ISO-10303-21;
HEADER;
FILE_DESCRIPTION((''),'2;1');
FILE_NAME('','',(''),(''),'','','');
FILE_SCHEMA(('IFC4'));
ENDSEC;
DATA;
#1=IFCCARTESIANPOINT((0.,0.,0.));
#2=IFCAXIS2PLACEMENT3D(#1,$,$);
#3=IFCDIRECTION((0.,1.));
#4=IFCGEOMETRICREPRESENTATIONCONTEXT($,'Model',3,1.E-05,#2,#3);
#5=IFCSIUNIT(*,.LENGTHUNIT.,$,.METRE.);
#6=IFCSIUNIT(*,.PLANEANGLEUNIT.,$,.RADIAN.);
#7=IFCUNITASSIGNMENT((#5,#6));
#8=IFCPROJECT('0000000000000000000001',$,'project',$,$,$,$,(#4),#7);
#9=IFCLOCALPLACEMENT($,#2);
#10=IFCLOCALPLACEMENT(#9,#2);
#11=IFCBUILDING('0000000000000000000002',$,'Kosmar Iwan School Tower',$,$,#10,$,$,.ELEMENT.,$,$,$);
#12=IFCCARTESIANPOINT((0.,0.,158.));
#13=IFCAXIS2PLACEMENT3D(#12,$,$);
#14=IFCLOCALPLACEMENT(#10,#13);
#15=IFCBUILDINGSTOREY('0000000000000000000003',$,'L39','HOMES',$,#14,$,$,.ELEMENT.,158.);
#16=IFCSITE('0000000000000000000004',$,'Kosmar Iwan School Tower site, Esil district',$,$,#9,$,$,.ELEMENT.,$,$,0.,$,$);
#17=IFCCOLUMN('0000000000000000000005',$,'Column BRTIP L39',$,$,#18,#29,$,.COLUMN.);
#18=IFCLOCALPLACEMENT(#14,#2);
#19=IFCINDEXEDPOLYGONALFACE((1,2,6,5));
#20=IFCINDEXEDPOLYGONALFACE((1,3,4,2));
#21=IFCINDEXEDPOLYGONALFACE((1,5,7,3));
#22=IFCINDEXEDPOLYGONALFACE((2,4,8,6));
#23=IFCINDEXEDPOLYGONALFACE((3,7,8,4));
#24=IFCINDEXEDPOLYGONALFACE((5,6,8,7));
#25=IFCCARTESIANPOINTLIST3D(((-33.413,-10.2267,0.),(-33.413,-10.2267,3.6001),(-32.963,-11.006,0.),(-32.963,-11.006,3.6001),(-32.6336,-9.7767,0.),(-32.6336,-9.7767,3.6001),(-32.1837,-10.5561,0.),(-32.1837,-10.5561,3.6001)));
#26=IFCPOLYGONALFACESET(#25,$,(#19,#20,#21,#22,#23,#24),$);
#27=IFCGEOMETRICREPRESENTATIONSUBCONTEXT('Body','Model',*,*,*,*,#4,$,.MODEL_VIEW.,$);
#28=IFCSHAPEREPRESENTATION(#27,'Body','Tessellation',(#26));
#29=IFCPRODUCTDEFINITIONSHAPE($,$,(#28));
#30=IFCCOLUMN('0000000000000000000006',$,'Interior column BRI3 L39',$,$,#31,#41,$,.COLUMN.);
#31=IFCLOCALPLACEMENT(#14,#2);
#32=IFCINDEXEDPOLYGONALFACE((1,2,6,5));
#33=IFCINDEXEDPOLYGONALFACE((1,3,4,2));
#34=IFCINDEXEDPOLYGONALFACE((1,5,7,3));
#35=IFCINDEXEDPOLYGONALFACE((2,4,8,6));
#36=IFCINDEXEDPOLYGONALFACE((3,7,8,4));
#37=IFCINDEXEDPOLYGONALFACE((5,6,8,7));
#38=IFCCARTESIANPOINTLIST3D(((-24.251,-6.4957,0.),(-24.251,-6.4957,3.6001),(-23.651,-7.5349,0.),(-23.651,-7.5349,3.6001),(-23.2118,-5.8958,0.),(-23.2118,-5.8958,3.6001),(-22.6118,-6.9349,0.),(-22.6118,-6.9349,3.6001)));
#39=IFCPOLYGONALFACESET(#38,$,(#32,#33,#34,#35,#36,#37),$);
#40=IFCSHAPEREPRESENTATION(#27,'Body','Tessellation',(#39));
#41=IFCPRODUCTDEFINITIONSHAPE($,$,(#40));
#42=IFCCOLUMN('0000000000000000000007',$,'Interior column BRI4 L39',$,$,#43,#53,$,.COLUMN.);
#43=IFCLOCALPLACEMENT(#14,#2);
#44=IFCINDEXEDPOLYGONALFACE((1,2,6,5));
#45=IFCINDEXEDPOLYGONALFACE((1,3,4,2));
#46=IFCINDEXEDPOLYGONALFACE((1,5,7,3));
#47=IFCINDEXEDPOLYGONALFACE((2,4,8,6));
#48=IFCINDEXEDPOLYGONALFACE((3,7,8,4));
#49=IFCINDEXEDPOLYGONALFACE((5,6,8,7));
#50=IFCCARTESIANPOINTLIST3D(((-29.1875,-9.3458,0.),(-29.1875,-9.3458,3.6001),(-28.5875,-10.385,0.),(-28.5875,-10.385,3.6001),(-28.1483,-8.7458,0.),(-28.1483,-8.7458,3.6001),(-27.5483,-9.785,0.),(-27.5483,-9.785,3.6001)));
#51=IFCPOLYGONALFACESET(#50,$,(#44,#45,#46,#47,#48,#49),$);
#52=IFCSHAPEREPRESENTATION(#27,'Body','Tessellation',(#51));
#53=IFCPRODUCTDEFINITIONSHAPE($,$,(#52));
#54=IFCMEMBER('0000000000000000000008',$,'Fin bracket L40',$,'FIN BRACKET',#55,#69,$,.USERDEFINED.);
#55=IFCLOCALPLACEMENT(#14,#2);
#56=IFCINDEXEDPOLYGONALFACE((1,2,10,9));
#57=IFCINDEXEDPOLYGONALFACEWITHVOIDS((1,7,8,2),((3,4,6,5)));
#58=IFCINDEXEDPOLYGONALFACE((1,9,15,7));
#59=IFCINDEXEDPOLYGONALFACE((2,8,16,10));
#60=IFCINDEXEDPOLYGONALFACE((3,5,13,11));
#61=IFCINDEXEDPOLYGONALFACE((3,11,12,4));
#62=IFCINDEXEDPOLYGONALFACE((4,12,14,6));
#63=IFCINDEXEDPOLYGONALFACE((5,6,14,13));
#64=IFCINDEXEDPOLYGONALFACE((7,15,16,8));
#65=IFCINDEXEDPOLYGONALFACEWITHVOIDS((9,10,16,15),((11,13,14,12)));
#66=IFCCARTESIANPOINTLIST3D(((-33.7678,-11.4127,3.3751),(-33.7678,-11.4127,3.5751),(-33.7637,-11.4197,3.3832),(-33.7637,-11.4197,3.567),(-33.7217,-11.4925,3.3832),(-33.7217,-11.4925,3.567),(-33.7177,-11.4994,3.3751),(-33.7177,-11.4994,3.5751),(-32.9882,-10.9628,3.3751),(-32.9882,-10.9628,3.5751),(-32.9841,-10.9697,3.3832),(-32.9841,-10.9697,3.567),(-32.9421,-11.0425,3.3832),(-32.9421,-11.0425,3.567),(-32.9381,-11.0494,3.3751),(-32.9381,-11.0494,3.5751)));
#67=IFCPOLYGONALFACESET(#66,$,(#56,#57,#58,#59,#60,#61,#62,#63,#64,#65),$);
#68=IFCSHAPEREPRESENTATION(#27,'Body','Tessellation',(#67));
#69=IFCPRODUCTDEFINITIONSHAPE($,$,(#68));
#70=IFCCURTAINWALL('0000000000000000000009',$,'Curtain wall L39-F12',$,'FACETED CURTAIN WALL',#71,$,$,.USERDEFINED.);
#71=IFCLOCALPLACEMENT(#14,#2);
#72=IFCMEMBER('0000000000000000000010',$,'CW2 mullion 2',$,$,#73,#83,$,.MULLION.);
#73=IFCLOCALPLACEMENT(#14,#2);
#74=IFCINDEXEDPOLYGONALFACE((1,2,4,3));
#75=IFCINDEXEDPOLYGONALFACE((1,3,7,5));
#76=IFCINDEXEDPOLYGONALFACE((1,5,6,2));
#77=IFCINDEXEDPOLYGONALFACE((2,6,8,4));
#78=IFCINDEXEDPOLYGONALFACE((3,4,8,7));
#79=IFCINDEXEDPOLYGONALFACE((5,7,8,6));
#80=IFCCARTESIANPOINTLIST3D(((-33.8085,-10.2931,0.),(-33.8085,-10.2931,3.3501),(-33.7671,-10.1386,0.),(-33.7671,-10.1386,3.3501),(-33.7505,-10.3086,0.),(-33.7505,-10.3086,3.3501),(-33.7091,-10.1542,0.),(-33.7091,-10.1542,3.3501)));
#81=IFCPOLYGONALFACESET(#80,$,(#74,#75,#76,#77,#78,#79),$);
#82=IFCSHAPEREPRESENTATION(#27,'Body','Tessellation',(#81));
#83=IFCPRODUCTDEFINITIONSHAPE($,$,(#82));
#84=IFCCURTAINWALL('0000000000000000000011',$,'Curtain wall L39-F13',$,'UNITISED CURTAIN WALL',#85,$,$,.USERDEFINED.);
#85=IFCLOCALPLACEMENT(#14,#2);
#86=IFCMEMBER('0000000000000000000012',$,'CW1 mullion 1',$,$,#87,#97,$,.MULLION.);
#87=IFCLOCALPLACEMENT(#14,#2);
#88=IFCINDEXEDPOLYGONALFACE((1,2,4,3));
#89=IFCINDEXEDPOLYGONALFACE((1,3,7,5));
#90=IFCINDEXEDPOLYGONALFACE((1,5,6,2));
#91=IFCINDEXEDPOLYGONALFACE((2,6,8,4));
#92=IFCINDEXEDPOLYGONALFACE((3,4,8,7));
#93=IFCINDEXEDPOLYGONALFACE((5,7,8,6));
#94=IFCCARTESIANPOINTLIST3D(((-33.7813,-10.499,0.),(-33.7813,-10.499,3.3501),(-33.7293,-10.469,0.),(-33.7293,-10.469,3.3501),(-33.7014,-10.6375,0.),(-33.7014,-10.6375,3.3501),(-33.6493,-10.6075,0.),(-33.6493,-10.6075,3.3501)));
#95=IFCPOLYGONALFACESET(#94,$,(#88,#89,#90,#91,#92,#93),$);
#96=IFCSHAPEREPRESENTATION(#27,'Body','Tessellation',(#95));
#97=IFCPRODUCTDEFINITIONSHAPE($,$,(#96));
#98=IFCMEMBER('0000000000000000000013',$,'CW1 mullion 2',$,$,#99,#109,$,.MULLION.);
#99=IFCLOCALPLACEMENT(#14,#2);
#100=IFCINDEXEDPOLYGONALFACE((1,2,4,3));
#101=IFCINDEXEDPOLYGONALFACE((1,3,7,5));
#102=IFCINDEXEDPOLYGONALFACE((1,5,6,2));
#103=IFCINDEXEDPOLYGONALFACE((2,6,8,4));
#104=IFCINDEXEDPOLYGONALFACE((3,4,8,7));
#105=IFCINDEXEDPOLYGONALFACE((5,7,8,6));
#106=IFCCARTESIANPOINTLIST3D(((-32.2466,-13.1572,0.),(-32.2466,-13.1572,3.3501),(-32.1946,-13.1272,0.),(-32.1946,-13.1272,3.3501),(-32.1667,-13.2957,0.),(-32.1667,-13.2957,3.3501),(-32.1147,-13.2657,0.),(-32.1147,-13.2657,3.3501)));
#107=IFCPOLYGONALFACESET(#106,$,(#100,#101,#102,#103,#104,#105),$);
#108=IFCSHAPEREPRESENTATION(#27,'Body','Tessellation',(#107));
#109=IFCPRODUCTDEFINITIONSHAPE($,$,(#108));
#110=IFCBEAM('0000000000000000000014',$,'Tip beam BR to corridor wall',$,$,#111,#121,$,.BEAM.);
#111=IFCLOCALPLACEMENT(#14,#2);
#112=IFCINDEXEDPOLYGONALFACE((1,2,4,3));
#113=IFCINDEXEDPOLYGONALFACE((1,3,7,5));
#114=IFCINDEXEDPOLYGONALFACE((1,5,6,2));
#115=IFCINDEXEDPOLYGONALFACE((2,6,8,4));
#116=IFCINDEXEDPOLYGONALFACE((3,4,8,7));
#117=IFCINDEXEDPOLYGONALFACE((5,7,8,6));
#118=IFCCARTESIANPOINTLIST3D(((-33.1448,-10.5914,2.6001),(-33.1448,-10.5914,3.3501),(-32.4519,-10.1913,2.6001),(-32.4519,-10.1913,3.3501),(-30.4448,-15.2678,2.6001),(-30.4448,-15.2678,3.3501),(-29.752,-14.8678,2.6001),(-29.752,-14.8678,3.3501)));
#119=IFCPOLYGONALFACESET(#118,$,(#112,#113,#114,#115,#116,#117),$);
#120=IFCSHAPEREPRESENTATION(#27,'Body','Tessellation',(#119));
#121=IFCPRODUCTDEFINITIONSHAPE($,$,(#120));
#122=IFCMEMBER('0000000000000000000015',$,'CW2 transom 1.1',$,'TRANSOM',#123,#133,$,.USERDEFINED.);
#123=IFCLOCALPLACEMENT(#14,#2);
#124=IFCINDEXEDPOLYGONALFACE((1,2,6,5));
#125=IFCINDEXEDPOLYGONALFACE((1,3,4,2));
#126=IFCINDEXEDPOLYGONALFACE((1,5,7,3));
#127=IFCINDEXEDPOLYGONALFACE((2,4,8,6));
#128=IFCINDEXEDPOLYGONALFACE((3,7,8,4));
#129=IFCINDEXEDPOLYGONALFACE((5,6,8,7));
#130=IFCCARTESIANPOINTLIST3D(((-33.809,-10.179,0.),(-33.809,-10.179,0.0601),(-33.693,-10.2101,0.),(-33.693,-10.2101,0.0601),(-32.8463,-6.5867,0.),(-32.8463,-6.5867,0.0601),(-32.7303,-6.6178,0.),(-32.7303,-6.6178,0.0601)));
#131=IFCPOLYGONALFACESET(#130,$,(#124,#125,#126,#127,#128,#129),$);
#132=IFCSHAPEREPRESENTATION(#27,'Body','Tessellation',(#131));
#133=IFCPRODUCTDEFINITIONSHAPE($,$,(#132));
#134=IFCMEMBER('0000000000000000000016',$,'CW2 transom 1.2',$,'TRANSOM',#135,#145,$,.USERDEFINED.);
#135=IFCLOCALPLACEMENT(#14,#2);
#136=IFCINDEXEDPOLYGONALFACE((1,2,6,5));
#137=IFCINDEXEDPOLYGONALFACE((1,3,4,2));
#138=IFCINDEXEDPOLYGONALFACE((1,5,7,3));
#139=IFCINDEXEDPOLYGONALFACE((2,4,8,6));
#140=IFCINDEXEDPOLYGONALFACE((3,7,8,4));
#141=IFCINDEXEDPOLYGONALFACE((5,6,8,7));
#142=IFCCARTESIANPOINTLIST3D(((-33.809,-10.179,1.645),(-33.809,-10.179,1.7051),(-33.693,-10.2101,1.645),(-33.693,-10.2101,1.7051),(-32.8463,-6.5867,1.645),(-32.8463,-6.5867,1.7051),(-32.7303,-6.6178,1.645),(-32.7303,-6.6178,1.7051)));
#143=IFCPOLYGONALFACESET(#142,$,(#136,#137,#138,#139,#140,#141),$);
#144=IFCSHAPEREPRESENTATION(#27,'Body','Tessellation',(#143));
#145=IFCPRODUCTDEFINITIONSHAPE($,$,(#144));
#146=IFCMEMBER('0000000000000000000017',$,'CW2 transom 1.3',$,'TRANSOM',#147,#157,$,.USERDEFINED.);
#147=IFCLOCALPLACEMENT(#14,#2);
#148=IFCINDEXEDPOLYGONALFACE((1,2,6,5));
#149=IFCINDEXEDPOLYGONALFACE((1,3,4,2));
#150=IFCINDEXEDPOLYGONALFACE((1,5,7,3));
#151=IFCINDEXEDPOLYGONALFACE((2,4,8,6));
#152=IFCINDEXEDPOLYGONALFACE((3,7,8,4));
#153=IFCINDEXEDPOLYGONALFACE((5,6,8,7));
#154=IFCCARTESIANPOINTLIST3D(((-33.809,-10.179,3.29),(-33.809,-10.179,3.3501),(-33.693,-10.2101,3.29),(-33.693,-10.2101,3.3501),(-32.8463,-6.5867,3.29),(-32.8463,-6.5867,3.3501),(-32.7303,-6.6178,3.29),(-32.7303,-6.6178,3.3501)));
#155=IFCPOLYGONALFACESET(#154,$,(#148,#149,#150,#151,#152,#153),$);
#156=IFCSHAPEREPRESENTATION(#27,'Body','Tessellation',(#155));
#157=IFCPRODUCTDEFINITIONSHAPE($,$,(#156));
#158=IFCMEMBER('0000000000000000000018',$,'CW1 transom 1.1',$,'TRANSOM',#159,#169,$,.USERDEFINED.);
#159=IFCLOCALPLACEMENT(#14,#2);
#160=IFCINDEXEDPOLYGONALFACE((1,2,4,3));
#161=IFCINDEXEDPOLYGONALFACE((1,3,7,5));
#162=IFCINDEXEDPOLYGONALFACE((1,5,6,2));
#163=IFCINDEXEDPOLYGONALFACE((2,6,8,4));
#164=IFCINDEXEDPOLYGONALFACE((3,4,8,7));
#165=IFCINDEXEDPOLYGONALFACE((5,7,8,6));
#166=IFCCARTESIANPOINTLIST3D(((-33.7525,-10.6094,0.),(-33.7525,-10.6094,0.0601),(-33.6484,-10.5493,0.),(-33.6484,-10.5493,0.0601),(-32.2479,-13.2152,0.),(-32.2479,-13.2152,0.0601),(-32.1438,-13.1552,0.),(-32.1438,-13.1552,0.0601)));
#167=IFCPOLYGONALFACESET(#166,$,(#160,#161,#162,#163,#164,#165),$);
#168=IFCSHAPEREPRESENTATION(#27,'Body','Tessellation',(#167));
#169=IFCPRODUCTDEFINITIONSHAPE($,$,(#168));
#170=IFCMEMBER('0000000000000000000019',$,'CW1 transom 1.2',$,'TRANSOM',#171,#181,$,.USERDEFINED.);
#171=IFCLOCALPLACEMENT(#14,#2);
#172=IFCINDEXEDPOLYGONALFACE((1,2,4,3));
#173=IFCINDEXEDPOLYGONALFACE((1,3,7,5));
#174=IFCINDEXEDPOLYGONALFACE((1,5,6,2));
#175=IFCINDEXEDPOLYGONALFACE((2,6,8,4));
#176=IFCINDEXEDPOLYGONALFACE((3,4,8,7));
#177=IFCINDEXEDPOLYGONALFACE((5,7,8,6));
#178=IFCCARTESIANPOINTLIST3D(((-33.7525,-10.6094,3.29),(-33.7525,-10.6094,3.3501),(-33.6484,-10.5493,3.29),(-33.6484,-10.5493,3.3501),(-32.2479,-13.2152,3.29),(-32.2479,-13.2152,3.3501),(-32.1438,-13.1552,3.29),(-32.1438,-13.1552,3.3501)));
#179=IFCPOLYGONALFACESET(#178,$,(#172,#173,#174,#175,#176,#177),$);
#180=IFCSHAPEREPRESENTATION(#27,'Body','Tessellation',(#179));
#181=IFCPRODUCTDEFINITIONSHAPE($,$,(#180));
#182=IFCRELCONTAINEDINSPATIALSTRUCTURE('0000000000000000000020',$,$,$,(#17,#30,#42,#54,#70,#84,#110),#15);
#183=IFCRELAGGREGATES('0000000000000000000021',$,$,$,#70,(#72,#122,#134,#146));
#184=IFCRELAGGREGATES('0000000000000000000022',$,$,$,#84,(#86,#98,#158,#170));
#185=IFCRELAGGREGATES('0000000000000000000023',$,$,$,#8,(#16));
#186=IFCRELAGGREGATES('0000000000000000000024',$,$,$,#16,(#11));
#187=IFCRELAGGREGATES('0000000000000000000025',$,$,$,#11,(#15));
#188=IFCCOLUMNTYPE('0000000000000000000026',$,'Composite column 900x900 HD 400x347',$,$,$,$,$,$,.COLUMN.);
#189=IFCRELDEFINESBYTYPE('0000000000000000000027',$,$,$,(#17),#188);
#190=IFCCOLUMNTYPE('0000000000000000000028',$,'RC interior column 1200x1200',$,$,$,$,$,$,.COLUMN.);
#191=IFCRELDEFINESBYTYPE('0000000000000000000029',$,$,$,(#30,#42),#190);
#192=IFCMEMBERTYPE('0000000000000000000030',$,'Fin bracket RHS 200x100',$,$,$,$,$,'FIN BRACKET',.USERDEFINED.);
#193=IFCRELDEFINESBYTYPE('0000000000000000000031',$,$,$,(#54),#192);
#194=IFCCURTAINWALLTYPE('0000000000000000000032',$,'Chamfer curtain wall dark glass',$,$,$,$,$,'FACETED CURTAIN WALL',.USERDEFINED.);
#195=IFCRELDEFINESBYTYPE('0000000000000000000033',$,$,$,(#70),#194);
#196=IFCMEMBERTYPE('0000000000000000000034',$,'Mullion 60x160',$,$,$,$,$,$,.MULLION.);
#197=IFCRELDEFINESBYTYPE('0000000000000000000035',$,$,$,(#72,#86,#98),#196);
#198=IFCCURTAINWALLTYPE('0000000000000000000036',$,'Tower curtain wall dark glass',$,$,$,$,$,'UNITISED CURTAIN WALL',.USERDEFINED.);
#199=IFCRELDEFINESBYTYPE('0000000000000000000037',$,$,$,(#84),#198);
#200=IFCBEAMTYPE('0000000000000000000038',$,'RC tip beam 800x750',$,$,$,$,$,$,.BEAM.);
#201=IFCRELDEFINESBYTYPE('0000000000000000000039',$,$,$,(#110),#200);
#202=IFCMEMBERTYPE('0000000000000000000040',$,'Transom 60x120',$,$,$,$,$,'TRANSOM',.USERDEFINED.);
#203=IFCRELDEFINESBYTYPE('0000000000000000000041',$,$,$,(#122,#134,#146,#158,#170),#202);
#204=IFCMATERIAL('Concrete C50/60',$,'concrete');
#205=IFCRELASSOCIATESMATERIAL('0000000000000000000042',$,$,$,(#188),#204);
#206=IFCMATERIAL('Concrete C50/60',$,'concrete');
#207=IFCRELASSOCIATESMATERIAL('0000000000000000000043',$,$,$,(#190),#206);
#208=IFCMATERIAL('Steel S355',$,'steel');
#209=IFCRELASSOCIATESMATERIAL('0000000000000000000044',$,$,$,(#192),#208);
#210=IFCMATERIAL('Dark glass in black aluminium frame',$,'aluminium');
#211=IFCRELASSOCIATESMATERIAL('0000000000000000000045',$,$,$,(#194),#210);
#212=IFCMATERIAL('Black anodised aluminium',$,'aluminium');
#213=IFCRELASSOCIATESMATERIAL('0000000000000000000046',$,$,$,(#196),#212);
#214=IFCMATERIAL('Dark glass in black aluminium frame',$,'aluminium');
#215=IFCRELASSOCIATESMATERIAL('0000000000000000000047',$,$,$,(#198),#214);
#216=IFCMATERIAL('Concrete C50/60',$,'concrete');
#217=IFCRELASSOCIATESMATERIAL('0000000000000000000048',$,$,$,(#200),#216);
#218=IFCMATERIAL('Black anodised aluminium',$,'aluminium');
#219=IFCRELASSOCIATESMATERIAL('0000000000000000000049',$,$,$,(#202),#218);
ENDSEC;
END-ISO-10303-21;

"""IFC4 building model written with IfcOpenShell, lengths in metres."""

from ifc_helpers import new_model, si_unit, direction, frame, origin, origin_2d, place, context, subcontext, project, spatial, rectangle, hollow_rectangle, extrude, material, material_profile, profile_set, type_object, element, aggregate, save


model = new_model("IFC4")

# Units and contexts
model_context = context("Model", 3, precision=1e-05, world=origin(), true_north=direction((0.0, 1.0)))
body_context = subcontext(model_context, "Body", "Model", "MODEL_VIEW")
ifc_project = project(units=[si_unit("LENGTHUNIT", "METRE"), si_unit("PLANEANGLEUNIT", "RADIAN")], contexts=[model_context])

# Site, building, storey
site_placement = place(None, origin())
site = spatial("IfcSite", under=ifc_project, at=site_placement, Name="Kosmar Iwan School Tower site, Esil district", CompositionType="ELEMENT", RefElevation=0.0)
building_placement = place(site_placement, origin())
building = spatial("IfcBuilding", under=site, at=building_placement, Name="Kosmar Iwan School Tower", CompositionType="ELEMENT")
storey_placement = place(building_placement, frame((0.0, 0.0, 158.0)))
storey = spatial("IfcBuildingStorey", under=building, at=storey_placement, Name="L39", Description="HOMES", CompositionType="ELEMENT", Elevation=158.0)

# Columns
ifc_material_1 = material(Name="Concrete C50/60", Category="concrete")
ifc_material_profile_1 = material_profile(ifc_material_1, rectangle(XDim=0.8999, YDim=0.8999, at=origin_2d()), Name="RC 900x900 + HD 400x347")
ifc_profile_set_1 = profile_set([ifc_material_profile_1], Name="Concrete C50/60")
column_type_1 = type_object("IfcColumnType", Name="Composite column 900x900 HD 400x347", PredefinedType="COLUMN", material=ifc_profile_set_1)
column_placement = place(storey_placement, frame((-32.7983, -10.3914, 0.0), z_axis=(0.0, 0.0, 1.0), x_axis=(-0.866025, -0.5, 0.0)))
element("IfcColumn", 1, at=column_placement, inside=storey, type_object=column_type_1, Name="Column BRTIP L39", PredefinedType="COLUMN", context=body_context, shape_type="SweptSolid", body=[
    extrude(rectangle(XDim=0.8999, YDim=0.8999, at=origin_2d()), origin(), (0.0, 0.0, 1.0), 3.6001),
])
ifc_material_2 = material(Name="Concrete C50/60", Category="concrete")
ifc_material_profile_2 = material_profile(ifc_material_2, rectangle(XDim=1.2, YDim=1.2, at=origin_2d()), Name="RC 1200x1200")
ifc_profile_set_2 = profile_set([ifc_material_profile_2], Name="Concrete C50/60")
column_type_2 = type_object("IfcColumnType", Name="RC interior column 1200x1200", PredefinedType="COLUMN", material=ifc_profile_set_2)
for number, where, z_axis, x_axis, name in (
    (2, (-23.4314, -6.7153, 0.0), (0.0, 0.0, 1.0), (-0.866025, -0.5, 0.0), "Interior column BRI3 L39"),
    (3, (-28.3679, -9.5654, 0.0), (0.0, 0.0, 1.0), (-0.866025, -0.5, 0.0), "Interior column BRI4 L39"),
):
    element("IfcColumn", number, at=place(storey_placement, frame(where, z_axis=z_axis, x_axis=x_axis)), inside=storey, type_object=column_type_2, Name=name, PredefinedType="COLUMN", context=body_context, shape_type="SweptSolid", body=[
        extrude(rectangle(XDim=1.2, YDim=1.2, at=origin_2d()), origin(), (0.0, 0.0, 1.0), 3.6001),
    ])

# Member
ifc_material_3 = material(Name="Steel S355", Category="steel")
ifc_material_profile_3 = material_profile(ifc_material_3, hollow_rectangle(XDim=0.1001, YDim=0.2, WallThickness=0.0081, at=origin_2d()), Name="RHS 200x100x8")
ifc_profile_set_3 = profile_set([ifc_material_profile_3], Name="Steel S355")
member_type_1 = type_object("IfcMemberType", Name="Fin bracket RHS 200x100", ElementType="FIN BRACKET", PredefinedType="USERDEFINED", material=ifc_profile_set_3)
member_1_placement = place(storey_placement, frame((-32.9631, -11.0061, 3.4751), z_axis=(-0.866082, -0.499902, 0.0), x_axis=(0.499902, -0.866082, 0.0)))
element("IfcMember", 4, at=member_1_placement, inside=storey, type_object=member_type_1, Name="Fin bracket L40", ObjectType="FIN BRACKET", PredefinedType="USERDEFINED", context=body_context, shape_type="SweptSolid", body=[
    extrude(hollow_rectangle(XDim=0.1001, YDim=0.2, WallThickness=0.0081, at=origin_2d()), origin(), (0.0, 0.0, 1.0), 0.9001),
])

# Curtain wall, member
ifc_material_4 = material(Name="Dark glass in black aluminium frame", Category="aluminium")
curtain_wall_type_1 = type_object("IfcCurtainWallType", Name="Chamfer curtain wall dark glass", ElementType="FACETED CURTAIN WALL", PredefinedType="USERDEFINED", material=ifc_material_4)
curtain_wall_1_placement = place(storey_placement, origin())
curtain_wall_1 = element("IfcCurtainWall", 5, at=curtain_wall_1_placement, inside=storey, type_object=curtain_wall_type_1, Name="Curtain wall L39-F12", ObjectType="FACETED CURTAIN WALL", PredefinedType="USERDEFINED")
ifc_material_5 = material(Name="Black anodised aluminium", Category="aluminium")
ifc_material_profile_4 = material_profile(ifc_material_5, rectangle(XDim=0.0601, YDim=0.1599, at=origin_2d()), Name="MULLION 60x160")
ifc_profile_set_4 = profile_set([ifc_material_profile_4], Name="Black anodised aluminium")
member_type_2 = type_object("IfcMemberType", Name="Mullion 60x160", PredefinedType="MULLION", material=ifc_profile_set_4)
member_2_placement = place(storey_placement, frame((-33.7588, -10.2236, 0.0), z_axis=(0.0, 0.0, 1.0), x_axis=(0.965926, -0.258819, 0.0)))
member_2 = element("IfcMember", 6, at=member_2_placement, type_object=member_type_2, Name="CW2 mullion 2", PredefinedType="MULLION", context=body_context, shape_type="SweptSolid", body=[
    extrude(rectangle(XDim=0.0601, YDim=0.1599, at=origin_2d()), origin(), (0.0, 0.0, 1.0), 3.3501),
])

# Curtain wall, members
ifc_material_6 = material(Name="Dark glass in black aluminium frame", Category="aluminium")
curtain_wall_type_2 = type_object("IfcCurtainWallType", Name="Tower curtain wall dark glass", ElementType="UNITISED CURTAIN WALL", PredefinedType="USERDEFINED", material=ifc_material_6)
curtain_wall_2_placement = place(storey_placement, origin())
curtain_wall_2 = element("IfcCurtainWall", 7, at=curtain_wall_2_placement, inside=storey, type_object=curtain_wall_type_2, Name="Curtain wall L39-F13", ObjectType="UNITISED CURTAIN WALL", PredefinedType="USERDEFINED")
member_3_placement = place(storey_placement, frame((-33.7153, -10.5532, 0.0), z_axis=(0.0, 0.0, 1.0), x_axis=(0.866025, 0.5, 0.0)))
member_3 = element("IfcMember", 8, at=member_3_placement, type_object=member_type_2, Name="CW1 mullion 1", PredefinedType="MULLION", context=body_context, shape_type="SweptSolid", body=[
    extrude(rectangle(XDim=0.0601, YDim=0.1599, at=origin_2d()), origin(), (0.0, 0.0, 1.0), 3.3501),
])
member_4_placement = place(storey_placement, frame((-32.1807, -13.2114, 0.0), z_axis=(0.0, 0.0, 1.0), x_axis=(0.866025, 0.5, 0.0)))
member_4 = element("IfcMember", 9, at=member_4_placement, type_object=member_type_2, Name="CW1 mullion 2", PredefinedType="MULLION", context=body_context, shape_type="SweptSolid", body=[
    extrude(rectangle(XDim=0.0601, YDim=0.1599, at=origin_2d()), origin(), (0.0, 0.0, 1.0), 3.3501),
])

# Beam
ifc_material_7 = material(Name="Concrete C50/60", Category="concrete")
ifc_material_profile_5 = material_profile(ifc_material_7, rectangle(XDim=0.8, YDim=0.75, at=origin_2d()), Name="RC 800x750")
ifc_profile_set_5 = profile_set([ifc_material_profile_5], Name="Concrete C50/60")
beam_type = type_object("IfcBeamType", Name="RC tip beam 800x750", PredefinedType="BEAM", material=ifc_profile_set_5)
beam_placement = place(storey_placement, frame((-32.7983, -10.3914, 2.9751), z_axis=(0.499995, -0.866028, 0.0), x_axis=(0.866028, 0.499995, 0.0)))
element("IfcBeam", 10, at=beam_placement, inside=storey, type_object=beam_type, Name="Tip beam BR to corridor wall", PredefinedType="BEAM", context=body_context, shape_type="SweptSolid", body=[
    extrude(rectangle(XDim=0.8, YDim=0.75, at=origin_2d()), origin(), (0.0, 0.0, 1.0), 5.3999),
])

# Members
ifc_material_8 = material(Name="Black anodised aluminium", Category="aluminium")
ifc_material_profile_6 = material_profile(ifc_material_8, rectangle(XDim=0.1201, YDim=0.0601, at=origin_2d()), Name="TRANSOM 60x120")
ifc_profile_set_6 = profile_set([ifc_material_profile_6], Name="Black anodised aluminium")
member_type_3 = type_object("IfcMemberType", Name="Transom 60x120", ElementType="TRANSOM", PredefinedType="USERDEFINED", material=ifc_profile_set_6)
member_5_placement = place(storey_placement, frame((-32.7883, -6.6023, 0.03), z_axis=(-0.258843, -0.965919, 0.0), x_axis=(0.965919, -0.258843, 0.0)))
member_5 = element("IfcMember", 11, at=member_5_placement, type_object=member_type_3, Name="CW2 transom 1.1", ObjectType="TRANSOM", PredefinedType="USERDEFINED", context=body_context, shape_type="SweptSolid", body=[
    extrude(rectangle(XDim=0.1201, YDim=0.0601, at=origin_2d()), origin(), (0.0, 0.0, 1.0), 3.719),
])
member_6_placement = place(storey_placement, frame((-32.7883, -6.6023, 1.675), z_axis=(-0.258843, -0.965919, 0.0), x_axis=(0.965919, -0.258843, 0.0)))
member_6 = element("IfcMember", 12, at=member_6_placement, type_object=member_type_3, Name="CW2 transom 1.2", ObjectType="TRANSOM", PredefinedType="USERDEFINED", context=body_context, shape_type="SweptSolid", body=[
    extrude(rectangle(XDim=0.1201, YDim=0.0601, at=origin_2d()), origin(), (0.0, 0.0, 1.0), 3.719),
])
member_7_placement = place(storey_placement, frame((-32.7883, -6.6023, 3.3201), z_axis=(-0.258843, -0.965919, 0.0), x_axis=(0.965919, -0.258843, 0.0)))
member_7 = element("IfcMember", 13, at=member_7_placement, type_object=member_type_3, Name="CW2 transom 1.3", ObjectType="TRANSOM", PredefinedType="USERDEFINED", context=body_context, shape_type="SweptSolid", body=[
    extrude(rectangle(XDim=0.1201, YDim=0.0601, at=origin_2d()), origin(), (0.0, 0.0, 1.0), 3.719),
])
member_8_placement = place(storey_placement, frame((-33.7004, -10.5793, 0.03), z_axis=(0.500022, -0.866013, 0.0), x_axis=(0.866013, 0.500022, 0.0)))
member_8 = element("IfcMember", 14, at=member_8_placement, type_object=member_type_3, Name="CW1 transom 1.1", ObjectType="TRANSOM", PredefinedType="USERDEFINED", context=body_context, shape_type="SweptSolid", body=[
    extrude(rectangle(XDim=0.1201, YDim=0.0601, at=origin_2d()), origin(), (0.0, 0.0, 1.0), 3.009),
])
member_9_placement = place(storey_placement, frame((-33.7004, -10.5793, 3.3201), z_axis=(0.500022, -0.866013, 0.0), x_axis=(0.866013, 0.500022, 0.0)))
member_9 = element("IfcMember", 15, at=member_9_placement, type_object=member_type_3, Name="CW1 transom 1.2", ObjectType="TRANSOM", PredefinedType="USERDEFINED", context=body_context, shape_type="SweptSolid", body=[
    extrude(rectangle(XDim=0.1201, YDim=0.0601, at=origin_2d()), origin(), (0.0, 0.0, 1.0), 3.009),
])

aggregate(curtain_wall_1, [member_2, member_5, member_6, member_7])
aggregate(curtain_wall_2, [member_3, member_4, member_8, member_9])

save(model, "model.ifc")
